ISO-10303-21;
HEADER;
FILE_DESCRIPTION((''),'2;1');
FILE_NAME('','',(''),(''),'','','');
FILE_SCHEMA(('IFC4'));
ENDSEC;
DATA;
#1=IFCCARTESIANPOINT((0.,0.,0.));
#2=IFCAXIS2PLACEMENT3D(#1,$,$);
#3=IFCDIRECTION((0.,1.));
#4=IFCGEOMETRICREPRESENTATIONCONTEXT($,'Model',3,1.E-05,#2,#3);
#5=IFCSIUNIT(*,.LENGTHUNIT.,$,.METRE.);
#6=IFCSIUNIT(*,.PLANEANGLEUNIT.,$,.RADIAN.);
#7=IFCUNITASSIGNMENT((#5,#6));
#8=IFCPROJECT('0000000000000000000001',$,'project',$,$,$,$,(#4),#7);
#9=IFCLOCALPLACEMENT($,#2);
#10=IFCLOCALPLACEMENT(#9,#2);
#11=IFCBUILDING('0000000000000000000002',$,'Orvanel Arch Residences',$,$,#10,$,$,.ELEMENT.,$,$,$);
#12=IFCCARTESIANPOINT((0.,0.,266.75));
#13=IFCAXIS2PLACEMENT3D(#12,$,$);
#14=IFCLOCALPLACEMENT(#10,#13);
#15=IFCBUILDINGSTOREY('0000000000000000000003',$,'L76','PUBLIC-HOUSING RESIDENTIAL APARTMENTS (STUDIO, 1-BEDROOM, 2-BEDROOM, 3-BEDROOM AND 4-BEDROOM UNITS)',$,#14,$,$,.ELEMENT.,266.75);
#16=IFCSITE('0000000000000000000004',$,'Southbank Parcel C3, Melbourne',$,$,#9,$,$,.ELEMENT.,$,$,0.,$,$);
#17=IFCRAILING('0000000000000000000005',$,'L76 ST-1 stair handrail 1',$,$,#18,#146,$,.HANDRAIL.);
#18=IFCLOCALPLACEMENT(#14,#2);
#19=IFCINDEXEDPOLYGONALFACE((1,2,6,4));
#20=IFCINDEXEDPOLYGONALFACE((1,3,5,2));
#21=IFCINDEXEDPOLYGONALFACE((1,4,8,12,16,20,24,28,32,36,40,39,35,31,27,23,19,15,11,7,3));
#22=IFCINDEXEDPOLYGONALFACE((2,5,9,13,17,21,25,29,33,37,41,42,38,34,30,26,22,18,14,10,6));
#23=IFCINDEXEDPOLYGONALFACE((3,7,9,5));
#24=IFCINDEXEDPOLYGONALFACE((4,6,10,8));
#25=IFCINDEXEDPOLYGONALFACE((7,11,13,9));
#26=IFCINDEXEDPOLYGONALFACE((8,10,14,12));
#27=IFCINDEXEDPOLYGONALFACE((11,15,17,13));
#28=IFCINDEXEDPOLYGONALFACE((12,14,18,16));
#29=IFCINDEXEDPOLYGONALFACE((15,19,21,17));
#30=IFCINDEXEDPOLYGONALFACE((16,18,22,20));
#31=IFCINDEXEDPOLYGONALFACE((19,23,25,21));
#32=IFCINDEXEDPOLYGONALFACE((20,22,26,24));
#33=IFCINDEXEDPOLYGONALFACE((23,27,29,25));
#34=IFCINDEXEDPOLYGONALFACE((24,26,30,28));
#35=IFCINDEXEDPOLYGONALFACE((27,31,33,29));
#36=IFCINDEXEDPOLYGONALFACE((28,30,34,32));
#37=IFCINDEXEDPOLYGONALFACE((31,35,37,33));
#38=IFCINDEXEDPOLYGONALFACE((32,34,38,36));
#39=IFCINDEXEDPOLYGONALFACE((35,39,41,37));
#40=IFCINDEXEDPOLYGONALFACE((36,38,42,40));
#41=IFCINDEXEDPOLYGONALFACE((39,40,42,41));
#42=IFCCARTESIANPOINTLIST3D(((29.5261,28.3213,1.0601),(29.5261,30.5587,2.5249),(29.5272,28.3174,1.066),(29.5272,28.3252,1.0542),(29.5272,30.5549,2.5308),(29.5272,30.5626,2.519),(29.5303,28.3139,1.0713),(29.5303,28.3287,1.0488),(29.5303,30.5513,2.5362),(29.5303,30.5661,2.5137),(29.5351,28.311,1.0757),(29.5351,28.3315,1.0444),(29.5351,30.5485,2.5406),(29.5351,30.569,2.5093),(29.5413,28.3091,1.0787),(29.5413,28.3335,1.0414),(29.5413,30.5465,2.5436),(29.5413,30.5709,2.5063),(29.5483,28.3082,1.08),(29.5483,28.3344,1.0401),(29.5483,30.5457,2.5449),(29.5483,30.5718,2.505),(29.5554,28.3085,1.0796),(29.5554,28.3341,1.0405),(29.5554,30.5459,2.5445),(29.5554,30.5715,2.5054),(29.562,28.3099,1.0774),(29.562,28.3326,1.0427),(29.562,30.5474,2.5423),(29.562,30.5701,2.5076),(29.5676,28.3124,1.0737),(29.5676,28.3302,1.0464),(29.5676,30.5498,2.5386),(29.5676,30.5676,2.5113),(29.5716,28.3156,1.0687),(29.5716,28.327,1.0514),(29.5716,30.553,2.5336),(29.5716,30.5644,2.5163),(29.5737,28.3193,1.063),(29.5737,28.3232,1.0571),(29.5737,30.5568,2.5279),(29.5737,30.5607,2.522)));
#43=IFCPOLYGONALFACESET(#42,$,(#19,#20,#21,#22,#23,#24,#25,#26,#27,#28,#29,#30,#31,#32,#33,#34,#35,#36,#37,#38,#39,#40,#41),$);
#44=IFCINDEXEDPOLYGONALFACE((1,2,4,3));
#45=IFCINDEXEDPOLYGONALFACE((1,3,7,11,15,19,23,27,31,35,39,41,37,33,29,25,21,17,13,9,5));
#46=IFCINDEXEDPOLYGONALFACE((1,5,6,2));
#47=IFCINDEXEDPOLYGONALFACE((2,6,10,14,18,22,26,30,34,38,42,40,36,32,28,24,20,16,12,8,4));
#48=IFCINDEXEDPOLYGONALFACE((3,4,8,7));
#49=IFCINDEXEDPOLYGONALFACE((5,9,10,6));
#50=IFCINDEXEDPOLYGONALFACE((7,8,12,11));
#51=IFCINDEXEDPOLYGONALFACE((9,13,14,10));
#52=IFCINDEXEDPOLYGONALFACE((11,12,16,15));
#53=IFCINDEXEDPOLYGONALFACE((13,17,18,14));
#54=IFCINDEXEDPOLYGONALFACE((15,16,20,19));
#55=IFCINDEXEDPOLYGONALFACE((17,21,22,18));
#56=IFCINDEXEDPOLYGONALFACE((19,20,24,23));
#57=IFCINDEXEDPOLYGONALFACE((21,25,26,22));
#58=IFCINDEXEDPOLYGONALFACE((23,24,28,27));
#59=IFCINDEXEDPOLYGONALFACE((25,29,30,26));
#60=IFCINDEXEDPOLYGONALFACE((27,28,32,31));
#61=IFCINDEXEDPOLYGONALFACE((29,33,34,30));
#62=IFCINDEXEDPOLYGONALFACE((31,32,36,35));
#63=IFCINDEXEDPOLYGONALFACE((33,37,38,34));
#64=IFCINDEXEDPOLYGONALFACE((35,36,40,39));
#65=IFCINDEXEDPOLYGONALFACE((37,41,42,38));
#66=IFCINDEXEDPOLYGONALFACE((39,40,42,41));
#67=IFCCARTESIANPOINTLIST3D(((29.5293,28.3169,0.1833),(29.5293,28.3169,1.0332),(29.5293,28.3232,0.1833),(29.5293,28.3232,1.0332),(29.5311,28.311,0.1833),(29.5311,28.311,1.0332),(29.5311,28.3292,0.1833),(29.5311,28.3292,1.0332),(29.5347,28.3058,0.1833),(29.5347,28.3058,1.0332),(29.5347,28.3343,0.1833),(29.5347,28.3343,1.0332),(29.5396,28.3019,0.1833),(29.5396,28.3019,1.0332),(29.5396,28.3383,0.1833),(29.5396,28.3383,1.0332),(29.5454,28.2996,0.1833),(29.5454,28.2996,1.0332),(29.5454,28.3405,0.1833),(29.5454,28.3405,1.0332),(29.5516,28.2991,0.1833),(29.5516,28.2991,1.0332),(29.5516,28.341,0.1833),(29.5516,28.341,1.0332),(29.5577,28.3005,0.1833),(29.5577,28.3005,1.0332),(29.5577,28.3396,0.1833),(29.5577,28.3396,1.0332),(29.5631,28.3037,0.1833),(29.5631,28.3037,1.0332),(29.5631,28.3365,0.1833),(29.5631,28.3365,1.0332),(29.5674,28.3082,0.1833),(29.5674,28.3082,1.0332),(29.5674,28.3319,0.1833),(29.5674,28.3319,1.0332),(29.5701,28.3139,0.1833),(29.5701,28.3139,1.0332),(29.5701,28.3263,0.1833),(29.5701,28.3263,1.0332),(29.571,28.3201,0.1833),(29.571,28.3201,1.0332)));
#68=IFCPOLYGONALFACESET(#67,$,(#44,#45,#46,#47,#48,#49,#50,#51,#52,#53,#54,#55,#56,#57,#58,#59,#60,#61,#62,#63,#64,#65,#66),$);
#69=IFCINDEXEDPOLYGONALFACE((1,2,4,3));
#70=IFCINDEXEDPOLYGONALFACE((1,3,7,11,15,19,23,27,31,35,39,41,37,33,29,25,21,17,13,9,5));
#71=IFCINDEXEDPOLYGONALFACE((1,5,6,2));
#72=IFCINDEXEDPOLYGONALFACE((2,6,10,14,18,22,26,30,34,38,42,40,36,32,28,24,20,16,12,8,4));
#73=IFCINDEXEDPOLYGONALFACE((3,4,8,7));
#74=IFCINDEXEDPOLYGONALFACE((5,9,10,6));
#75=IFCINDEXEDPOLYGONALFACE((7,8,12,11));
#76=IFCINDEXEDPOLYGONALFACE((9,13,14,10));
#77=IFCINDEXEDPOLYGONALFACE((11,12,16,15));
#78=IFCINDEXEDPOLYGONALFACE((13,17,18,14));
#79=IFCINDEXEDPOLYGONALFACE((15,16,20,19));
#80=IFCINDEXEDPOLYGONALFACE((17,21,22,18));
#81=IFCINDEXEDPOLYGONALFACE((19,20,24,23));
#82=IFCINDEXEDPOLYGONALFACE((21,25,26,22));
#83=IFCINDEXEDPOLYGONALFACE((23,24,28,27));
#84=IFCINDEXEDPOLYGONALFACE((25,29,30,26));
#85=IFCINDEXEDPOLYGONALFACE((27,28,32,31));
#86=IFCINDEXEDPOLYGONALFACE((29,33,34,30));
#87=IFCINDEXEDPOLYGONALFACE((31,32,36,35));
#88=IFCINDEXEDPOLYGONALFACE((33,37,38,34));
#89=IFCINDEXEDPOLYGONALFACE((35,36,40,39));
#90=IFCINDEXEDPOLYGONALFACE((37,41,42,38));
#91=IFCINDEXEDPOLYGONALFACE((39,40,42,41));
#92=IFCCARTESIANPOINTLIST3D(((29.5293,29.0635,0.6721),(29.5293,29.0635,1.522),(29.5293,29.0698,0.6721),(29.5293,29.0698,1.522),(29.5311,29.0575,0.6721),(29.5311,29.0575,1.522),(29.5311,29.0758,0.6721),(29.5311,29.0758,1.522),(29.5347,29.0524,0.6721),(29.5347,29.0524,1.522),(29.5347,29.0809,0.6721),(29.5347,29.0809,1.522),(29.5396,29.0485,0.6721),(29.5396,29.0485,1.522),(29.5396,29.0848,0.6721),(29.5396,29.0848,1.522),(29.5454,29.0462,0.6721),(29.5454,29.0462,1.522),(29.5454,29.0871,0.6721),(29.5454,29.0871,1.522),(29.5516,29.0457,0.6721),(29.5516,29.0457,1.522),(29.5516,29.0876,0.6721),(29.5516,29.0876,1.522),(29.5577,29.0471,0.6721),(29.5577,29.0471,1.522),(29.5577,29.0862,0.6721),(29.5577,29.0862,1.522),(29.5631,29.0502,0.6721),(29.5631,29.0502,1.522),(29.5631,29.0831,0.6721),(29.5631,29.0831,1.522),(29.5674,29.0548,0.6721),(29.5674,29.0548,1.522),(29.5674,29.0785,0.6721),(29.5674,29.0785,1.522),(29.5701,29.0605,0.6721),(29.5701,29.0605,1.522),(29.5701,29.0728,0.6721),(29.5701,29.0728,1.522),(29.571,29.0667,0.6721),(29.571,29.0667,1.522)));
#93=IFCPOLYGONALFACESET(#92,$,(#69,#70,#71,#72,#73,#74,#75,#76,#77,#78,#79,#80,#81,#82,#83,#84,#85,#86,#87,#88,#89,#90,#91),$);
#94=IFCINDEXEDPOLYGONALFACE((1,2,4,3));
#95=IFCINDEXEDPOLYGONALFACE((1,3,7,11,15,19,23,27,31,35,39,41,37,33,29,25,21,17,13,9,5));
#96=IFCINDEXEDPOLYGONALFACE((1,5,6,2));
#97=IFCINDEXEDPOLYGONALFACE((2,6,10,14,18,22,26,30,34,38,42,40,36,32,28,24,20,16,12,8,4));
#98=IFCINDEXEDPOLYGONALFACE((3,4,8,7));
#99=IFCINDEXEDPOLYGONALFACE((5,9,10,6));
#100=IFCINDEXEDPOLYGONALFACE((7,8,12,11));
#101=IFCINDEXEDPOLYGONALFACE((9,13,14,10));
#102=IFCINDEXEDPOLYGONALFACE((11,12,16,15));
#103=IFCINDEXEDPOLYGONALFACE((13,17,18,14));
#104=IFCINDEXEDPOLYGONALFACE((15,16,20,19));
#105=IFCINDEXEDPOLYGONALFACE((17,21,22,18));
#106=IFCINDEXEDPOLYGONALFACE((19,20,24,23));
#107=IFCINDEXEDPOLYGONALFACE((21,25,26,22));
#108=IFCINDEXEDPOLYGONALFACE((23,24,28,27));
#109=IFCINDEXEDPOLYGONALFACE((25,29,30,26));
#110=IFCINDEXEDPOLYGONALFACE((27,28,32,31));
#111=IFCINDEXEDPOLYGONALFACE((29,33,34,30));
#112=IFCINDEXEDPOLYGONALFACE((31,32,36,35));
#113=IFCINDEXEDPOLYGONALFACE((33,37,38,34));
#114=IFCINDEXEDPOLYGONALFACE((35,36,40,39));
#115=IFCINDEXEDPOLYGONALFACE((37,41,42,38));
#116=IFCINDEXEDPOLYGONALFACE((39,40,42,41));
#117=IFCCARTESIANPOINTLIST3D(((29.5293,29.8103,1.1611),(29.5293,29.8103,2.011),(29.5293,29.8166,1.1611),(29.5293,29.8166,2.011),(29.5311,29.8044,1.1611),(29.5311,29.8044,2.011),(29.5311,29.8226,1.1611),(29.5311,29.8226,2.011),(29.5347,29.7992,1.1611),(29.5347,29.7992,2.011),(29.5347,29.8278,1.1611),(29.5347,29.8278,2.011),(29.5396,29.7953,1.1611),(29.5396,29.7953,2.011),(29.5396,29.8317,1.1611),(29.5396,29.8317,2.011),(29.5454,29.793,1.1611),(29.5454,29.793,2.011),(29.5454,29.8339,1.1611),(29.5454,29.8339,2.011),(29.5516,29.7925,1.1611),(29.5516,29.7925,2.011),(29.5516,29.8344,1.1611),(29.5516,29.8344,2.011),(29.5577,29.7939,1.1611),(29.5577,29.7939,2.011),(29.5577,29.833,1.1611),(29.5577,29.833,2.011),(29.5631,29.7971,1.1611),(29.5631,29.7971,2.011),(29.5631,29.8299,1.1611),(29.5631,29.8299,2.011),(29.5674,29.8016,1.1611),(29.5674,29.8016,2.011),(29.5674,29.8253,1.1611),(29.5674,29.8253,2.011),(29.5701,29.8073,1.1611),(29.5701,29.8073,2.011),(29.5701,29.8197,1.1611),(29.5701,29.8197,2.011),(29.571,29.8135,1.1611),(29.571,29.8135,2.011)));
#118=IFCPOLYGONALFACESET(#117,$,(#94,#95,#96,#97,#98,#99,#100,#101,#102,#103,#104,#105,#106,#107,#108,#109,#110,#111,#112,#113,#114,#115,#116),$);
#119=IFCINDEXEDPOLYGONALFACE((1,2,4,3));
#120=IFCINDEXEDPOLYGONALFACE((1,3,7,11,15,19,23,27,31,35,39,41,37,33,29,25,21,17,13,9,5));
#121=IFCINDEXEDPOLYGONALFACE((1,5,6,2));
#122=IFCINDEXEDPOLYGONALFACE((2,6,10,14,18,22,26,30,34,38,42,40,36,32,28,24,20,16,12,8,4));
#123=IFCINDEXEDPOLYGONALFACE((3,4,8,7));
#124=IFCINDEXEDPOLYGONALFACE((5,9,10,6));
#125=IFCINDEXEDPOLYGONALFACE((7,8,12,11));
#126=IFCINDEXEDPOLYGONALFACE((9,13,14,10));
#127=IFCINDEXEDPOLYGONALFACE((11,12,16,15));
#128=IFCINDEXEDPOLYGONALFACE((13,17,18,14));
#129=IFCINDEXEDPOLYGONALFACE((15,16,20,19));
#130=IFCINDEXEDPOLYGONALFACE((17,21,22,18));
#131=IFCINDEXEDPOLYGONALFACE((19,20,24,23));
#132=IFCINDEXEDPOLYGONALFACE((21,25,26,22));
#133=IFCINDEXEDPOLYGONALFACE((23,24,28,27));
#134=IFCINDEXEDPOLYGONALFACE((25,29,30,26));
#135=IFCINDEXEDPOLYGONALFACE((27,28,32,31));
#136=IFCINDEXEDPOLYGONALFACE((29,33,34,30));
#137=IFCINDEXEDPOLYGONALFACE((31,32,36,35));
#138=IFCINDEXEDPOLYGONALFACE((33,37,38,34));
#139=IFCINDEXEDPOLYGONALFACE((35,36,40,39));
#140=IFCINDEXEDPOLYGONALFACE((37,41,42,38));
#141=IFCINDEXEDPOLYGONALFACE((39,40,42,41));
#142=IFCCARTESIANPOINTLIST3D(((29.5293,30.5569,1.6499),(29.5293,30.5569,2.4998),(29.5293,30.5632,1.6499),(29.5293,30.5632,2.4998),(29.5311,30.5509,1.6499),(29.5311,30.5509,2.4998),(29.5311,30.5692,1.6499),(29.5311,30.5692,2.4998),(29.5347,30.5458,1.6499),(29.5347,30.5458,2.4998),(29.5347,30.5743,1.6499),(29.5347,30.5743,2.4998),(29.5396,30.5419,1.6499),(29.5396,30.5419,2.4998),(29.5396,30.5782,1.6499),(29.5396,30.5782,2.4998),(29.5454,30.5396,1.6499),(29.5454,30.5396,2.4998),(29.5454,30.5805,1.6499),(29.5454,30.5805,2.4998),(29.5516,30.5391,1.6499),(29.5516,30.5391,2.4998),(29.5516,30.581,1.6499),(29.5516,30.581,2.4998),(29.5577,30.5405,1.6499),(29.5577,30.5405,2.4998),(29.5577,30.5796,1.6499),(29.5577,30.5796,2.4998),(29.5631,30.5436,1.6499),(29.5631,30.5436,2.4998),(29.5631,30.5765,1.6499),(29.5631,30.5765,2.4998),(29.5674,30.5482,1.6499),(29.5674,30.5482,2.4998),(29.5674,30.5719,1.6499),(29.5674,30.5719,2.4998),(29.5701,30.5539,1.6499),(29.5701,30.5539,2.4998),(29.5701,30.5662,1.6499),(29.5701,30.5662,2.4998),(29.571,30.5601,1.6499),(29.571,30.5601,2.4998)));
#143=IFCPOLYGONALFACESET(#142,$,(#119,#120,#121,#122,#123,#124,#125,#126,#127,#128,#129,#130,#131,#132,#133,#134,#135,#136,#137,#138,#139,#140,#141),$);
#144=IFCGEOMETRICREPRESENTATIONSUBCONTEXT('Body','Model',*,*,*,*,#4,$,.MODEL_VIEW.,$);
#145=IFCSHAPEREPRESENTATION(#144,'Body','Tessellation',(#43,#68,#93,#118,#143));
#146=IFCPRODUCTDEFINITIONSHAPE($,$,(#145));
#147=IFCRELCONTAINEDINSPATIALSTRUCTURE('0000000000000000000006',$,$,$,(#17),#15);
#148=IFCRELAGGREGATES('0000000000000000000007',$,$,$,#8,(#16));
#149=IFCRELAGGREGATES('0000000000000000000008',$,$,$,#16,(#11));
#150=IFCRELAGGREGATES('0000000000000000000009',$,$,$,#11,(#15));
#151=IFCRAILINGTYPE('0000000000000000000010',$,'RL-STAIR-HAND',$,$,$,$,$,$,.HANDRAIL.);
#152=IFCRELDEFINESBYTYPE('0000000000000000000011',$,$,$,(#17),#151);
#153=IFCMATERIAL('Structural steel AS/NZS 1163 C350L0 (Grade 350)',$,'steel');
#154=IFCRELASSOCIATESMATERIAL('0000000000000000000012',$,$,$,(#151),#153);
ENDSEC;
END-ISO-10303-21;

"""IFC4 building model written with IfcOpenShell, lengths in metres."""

from ifc_helpers import new_model, si_unit, direction, frame, origin, origin_2d, place, context, subcontext, project, spatial, circle, extrude, material, type_object, element, save


model = new_model("IFC4")

# Units and contexts
model_context = context("Model", 3, precision=1e-05, world=origin(), true_north=direction((0.0, 1.0)))
body_context = subcontext(model_context, "Body", "Model", "MODEL_VIEW")
ifc_project = project(units=[si_unit("LENGTHUNIT", "METRE"), si_unit("PLANEANGLEUNIT", "RADIAN")], contexts=[model_context])

# Site, building, storey
site_placement = place(None, origin())
site = spatial("IfcSite", under=ifc_project, at=site_placement, Name="Southbank Parcel C3, Melbourne", CompositionType="ELEMENT", RefElevation=0.0)
building_placement = place(site_placement, origin())
building = spatial("IfcBuilding", under=site, at=building_placement, Name="Orvanel Arch Residences", CompositionType="ELEMENT")
storey_placement = place(building_placement, frame((0.0, 0.0, 266.75)))
storey = spatial("IfcBuildingStorey", under=building, at=storey_placement, Name="L76", Description="PUBLIC-HOUSING RESIDENTIAL APARTMENTS (STUDIO, 1-BEDROOM, 2-BEDROOM, 3-BEDROOM AND 4-BEDROOM UNITS)", CompositionType="ELEMENT", Elevation=266.75)

# Railing
ifc_material_1 = material(Name="Structural steel AS/NZS 1163 C350L0 (Grade 350)", Category="steel")
railing_type_1 = type_object("IfcRailingType", Name="RL-STAIR-HAND", PredefinedType="HANDRAIL", material=ifc_material_1)
railing_1_placement = place(storey_placement, frame((29.55, 28.3201, 0.1833)))
element("IfcRailing", 1, at=railing_1_placement, inside=storey, type_object=railing_type_1, Name="L76 ST-1 stair handrail 1", PredefinedType="HANDRAIL", context=body_context, shape_type="SweptSolid", body=[
    extrude(circle(Radius=0.0239, at=origin_2d()), frame((0.0, 0.0012, 0.8767), z_axis=(0.0, 0.836637, 0.547758), x_axis=(-1.0, 0.0, 0.0)), (0.0, 0.0, 1.0), 2.6743),
    extrude(circle(Radius=0.021, at=origin_2d()), origin(), (0.0, 0.0, 1.0), 0.8499),
    extrude(circle(Radius=0.021, at=origin_2d()), frame((0.0, 0.7466, 0.4888)), (0.0, 0.0, 1.0), 0.8499),
    extrude(circle(Radius=0.021, at=origin_2d()), frame((0.0, 1.4934, 0.9778)), (0.0, 0.0, 1.0), 0.8499),
    extrude(circle(Radius=0.021, at=origin_2d()), frame((0.0, 2.24, 1.4666)), (0.0, 0.0, 1.0), 0.8499),
])

save(model, "model.ifc")
